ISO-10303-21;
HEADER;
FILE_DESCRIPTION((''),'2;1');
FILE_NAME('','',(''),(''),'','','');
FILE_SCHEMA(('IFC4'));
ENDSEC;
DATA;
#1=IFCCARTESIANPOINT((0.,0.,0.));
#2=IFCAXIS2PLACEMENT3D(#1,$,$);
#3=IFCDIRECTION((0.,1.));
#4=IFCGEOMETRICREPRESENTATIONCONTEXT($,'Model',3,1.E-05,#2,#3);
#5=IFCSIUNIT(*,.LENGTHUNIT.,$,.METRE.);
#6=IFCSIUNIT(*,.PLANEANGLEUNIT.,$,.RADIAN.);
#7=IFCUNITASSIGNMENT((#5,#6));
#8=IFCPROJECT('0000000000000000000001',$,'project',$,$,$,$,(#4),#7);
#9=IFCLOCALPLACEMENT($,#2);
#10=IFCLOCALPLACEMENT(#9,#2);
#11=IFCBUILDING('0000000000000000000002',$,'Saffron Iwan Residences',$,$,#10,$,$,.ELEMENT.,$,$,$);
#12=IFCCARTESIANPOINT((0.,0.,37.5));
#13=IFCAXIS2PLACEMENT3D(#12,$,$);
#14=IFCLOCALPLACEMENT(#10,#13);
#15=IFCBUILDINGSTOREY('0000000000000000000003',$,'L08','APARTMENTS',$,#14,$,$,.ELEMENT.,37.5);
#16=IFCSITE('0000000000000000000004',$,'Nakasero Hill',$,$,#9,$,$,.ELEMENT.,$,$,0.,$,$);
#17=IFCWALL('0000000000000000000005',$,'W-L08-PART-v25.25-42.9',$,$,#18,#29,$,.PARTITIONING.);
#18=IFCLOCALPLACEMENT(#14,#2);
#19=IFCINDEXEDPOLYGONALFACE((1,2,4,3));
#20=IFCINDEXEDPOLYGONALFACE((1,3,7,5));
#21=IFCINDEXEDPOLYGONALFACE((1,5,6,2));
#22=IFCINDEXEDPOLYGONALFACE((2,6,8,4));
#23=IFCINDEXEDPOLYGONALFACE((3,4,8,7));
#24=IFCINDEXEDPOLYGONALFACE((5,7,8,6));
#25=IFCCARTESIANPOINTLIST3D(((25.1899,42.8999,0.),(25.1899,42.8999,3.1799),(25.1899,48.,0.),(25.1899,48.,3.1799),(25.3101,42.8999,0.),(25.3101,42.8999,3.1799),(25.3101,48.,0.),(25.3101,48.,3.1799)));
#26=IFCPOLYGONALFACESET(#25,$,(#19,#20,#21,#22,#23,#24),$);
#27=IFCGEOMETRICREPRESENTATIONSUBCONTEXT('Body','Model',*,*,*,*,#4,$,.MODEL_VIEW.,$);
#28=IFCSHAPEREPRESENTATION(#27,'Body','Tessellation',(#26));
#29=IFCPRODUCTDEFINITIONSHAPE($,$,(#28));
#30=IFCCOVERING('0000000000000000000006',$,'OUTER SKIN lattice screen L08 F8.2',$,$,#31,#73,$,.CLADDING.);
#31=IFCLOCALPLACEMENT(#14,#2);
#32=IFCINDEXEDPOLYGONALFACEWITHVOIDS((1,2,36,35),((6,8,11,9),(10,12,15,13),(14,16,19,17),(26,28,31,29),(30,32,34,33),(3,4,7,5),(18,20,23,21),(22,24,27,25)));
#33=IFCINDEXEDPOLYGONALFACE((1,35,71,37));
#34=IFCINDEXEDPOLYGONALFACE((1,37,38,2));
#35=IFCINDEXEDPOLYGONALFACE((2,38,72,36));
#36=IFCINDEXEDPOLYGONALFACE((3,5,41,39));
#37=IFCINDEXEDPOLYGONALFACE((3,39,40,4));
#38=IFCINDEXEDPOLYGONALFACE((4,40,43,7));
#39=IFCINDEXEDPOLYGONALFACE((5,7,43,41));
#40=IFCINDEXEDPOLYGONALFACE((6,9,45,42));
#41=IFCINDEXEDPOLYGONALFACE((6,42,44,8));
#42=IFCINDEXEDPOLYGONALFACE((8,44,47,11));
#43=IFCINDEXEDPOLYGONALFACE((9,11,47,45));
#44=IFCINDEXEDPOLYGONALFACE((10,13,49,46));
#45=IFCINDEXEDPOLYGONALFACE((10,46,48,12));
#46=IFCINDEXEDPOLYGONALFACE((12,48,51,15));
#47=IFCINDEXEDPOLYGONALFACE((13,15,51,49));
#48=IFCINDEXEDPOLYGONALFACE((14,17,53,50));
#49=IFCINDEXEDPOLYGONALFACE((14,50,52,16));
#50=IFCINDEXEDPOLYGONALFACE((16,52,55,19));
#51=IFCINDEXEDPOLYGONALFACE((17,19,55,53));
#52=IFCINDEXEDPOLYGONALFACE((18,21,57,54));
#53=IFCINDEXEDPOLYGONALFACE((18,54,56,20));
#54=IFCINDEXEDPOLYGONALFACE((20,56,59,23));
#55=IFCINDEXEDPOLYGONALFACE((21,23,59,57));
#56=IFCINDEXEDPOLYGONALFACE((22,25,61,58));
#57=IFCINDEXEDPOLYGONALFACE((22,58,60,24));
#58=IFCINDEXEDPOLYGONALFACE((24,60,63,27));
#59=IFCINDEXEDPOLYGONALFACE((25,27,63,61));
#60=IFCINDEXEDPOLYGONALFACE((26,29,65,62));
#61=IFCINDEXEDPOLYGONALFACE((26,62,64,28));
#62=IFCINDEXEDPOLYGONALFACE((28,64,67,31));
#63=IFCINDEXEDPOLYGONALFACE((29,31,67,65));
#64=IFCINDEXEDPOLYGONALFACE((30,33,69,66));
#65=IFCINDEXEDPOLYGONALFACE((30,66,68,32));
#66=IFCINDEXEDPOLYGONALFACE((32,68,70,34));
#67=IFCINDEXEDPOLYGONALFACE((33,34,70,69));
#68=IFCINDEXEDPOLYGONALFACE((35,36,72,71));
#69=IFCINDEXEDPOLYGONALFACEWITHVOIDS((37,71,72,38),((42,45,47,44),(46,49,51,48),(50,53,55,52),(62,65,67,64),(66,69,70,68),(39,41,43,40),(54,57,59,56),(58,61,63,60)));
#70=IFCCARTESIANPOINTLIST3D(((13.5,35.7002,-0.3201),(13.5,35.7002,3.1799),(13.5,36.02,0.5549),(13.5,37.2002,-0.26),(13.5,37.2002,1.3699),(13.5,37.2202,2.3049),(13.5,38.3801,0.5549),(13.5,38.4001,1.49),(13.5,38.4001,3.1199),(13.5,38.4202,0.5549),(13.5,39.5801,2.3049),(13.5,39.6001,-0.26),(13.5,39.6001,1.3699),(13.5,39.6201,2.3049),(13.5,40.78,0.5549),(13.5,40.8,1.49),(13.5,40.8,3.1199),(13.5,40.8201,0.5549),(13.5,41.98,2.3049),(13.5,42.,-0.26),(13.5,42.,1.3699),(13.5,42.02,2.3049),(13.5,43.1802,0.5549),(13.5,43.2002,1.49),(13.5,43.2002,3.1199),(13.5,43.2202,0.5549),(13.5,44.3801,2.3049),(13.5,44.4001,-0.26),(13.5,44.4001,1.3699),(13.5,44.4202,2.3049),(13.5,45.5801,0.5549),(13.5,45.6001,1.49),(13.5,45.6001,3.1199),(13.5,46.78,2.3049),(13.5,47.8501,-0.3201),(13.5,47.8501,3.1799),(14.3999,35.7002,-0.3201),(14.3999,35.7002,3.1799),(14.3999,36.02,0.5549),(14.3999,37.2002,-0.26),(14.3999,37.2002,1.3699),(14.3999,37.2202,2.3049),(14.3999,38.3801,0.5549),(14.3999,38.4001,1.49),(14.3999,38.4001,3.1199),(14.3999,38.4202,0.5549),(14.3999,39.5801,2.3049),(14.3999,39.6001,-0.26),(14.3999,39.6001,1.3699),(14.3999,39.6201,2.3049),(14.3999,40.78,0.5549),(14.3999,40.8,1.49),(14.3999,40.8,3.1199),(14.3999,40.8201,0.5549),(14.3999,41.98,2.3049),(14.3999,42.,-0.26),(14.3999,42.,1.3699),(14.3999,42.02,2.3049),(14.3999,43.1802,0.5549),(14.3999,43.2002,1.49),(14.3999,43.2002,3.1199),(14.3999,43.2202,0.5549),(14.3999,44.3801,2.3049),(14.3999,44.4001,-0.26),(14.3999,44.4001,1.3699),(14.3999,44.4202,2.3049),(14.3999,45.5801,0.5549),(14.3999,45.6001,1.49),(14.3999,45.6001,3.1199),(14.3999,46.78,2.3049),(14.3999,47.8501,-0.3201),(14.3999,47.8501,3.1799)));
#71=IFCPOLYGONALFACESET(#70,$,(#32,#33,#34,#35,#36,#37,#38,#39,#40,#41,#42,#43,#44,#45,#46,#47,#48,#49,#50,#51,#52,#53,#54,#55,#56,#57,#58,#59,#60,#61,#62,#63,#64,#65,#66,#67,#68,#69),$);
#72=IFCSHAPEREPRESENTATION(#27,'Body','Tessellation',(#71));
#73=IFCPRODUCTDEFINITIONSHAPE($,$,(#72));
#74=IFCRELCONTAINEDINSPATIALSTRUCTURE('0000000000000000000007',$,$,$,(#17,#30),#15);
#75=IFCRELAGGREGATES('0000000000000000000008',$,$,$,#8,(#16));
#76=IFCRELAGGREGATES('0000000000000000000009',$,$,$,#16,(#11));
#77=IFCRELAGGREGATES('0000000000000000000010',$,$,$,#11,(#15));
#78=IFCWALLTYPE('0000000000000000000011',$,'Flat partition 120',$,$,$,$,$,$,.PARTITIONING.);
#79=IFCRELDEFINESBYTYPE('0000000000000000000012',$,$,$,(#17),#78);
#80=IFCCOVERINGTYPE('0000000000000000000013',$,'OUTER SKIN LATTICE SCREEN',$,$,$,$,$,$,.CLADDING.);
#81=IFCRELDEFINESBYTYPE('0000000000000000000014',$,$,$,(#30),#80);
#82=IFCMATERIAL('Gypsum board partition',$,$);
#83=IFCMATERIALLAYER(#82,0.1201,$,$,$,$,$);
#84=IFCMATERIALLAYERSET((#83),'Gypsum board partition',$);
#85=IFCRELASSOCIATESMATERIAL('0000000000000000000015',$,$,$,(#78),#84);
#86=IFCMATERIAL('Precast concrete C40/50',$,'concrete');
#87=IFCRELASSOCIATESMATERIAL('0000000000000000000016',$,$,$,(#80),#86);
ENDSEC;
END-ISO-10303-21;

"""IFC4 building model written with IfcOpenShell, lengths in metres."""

from ifc_helpers import new_model, si_unit, direction, frame, frame_2d, origin, place, context, subcontext, project, spatial, polyline, rectangle, outline, extrude, material, layer, layer_set, type_object, element, save


model = new_model("IFC4")

# Units and contexts
model_context = context("Model", 3, precision=1e-05, world=origin(), true_north=direction((0.0, 1.0)))
body_context = subcontext(model_context, "Body", "Model", "MODEL_VIEW")
ifc_project = project(units=[si_unit("LENGTHUNIT", "METRE"), si_unit("PLANEANGLEUNIT", "RADIAN")], contexts=[model_context])

# Site, building, storey
site_placement = place(None, origin())
site = spatial("IfcSite", under=ifc_project, at=site_placement, Name="Nakasero Hill", CompositionType="ELEMENT", RefElevation=0.0)
building_placement = place(site_placement, origin())
building = spatial("IfcBuilding", under=site, at=building_placement, Name="Saffron Iwan Residences", CompositionType="ELEMENT")
storey_placement = place(building_placement, frame((0.0, 0.0, 37.5)))
storey = spatial("IfcBuildingStorey", under=building, at=storey_placement, Name="L08", Description="APARTMENTS", CompositionType="ELEMENT", Elevation=37.5)

# Shared definitions
ifc_material_1 = material(Name="Gypsum board partition")
ifc_layer_1 = layer(ifc_material_1, 0.1201)
ifc_layer_set_1 = layer_set([ifc_layer_1], Name="Gypsum board partition")
wall_type_1 = type_object("IfcWallType", Name="Flat partition 120", PredefinedType="PARTITIONING", material=ifc_layer_set_1)

# Wall
wall_1_placement = place(storey_placement, frame((25.25, 42.8999, 0.0), z_axis=(0.0, 0.0, 1.0), x_axis=(0.0, 1.0, 0.0)))
element("IfcWall", 1, at=wall_1_placement, inside=storey, type_object=wall_type_1, Name="W-L08-PART-v25.25-42.9", PredefinedType="PARTITIONING", context=body_context, shape_type="SweptSolid", body=[
    extrude(rectangle(XDim=5.1001, YDim=0.1201, at=frame_2d((2.55, 0.0))), origin(), (0.0, 0.0, 1.0), 3.1799),
])

# Covering
ifc_material_2 = material(Name="Precast concrete C40/50", Category="concrete")
covering_type = type_object("IfcCoveringType", Name="OUTER SKIN LATTICE SCREEN", PredefinedType="CLADDING", material=ifc_material_2)
covering_placement = place(storey_placement, frame((14.3999, 47.8501, -0.3201), z_axis=(-1.0, 0.0, 0.0), x_axis=(0.0, -1.0, 0.0)))
element("IfcCovering", 2, at=covering_placement, inside=storey, type_object=covering_type, Name="OUTER SKIN lattice screen L08 F8.2", PredefinedType="CLADDING", context=body_context, shape_type="SweptSolid", body=[
    extrude(outline(polyline([(0.0, 0.0), (12.1499, 0.0), (12.1499, 3.5), (0.0, 3.5), (0.0, 0.0)]), holes=[polyline([(2.27, 0.875), (3.45, 0.0601), (4.6299, 0.875), (3.45, 1.6899), (2.27, 0.875)]), polyline([(4.6699, 0.875), (5.8501, 0.0601), (7.03, 0.875), (5.8501, 1.6899), (4.6699, 0.875)]), polyline([(7.0701, 0.875), (8.25, 0.0601), (9.4299, 0.875), (8.25, 1.6899), (7.0701, 0.875)]), polyline([(9.47, 0.875), (10.6499, 0.0601), (11.8301, 0.875), (10.6499, 1.6899), (9.47, 0.875)]), polyline([(1.0701, 2.625), (2.25, 1.8101), (3.4299, 2.625), (2.25, 3.4399), (1.0701, 2.625)]), polyline([(3.47, 2.625), (4.6499, 1.8101), (5.8301, 2.625), (4.6499, 3.4399), (3.47, 2.625)]), polyline([(5.8701, 2.625), (7.05, 1.8101), (8.23, 2.625), (7.05, 3.4399), (5.8701, 2.625)]), polyline([(8.27, 2.625), (9.45, 1.8101), (10.6299, 2.625), (9.45, 3.4399), (8.27, 2.625)])]), origin(), (0.0, 0.0, 1.0), 0.8999),
])

save(model, "model.ifc")
